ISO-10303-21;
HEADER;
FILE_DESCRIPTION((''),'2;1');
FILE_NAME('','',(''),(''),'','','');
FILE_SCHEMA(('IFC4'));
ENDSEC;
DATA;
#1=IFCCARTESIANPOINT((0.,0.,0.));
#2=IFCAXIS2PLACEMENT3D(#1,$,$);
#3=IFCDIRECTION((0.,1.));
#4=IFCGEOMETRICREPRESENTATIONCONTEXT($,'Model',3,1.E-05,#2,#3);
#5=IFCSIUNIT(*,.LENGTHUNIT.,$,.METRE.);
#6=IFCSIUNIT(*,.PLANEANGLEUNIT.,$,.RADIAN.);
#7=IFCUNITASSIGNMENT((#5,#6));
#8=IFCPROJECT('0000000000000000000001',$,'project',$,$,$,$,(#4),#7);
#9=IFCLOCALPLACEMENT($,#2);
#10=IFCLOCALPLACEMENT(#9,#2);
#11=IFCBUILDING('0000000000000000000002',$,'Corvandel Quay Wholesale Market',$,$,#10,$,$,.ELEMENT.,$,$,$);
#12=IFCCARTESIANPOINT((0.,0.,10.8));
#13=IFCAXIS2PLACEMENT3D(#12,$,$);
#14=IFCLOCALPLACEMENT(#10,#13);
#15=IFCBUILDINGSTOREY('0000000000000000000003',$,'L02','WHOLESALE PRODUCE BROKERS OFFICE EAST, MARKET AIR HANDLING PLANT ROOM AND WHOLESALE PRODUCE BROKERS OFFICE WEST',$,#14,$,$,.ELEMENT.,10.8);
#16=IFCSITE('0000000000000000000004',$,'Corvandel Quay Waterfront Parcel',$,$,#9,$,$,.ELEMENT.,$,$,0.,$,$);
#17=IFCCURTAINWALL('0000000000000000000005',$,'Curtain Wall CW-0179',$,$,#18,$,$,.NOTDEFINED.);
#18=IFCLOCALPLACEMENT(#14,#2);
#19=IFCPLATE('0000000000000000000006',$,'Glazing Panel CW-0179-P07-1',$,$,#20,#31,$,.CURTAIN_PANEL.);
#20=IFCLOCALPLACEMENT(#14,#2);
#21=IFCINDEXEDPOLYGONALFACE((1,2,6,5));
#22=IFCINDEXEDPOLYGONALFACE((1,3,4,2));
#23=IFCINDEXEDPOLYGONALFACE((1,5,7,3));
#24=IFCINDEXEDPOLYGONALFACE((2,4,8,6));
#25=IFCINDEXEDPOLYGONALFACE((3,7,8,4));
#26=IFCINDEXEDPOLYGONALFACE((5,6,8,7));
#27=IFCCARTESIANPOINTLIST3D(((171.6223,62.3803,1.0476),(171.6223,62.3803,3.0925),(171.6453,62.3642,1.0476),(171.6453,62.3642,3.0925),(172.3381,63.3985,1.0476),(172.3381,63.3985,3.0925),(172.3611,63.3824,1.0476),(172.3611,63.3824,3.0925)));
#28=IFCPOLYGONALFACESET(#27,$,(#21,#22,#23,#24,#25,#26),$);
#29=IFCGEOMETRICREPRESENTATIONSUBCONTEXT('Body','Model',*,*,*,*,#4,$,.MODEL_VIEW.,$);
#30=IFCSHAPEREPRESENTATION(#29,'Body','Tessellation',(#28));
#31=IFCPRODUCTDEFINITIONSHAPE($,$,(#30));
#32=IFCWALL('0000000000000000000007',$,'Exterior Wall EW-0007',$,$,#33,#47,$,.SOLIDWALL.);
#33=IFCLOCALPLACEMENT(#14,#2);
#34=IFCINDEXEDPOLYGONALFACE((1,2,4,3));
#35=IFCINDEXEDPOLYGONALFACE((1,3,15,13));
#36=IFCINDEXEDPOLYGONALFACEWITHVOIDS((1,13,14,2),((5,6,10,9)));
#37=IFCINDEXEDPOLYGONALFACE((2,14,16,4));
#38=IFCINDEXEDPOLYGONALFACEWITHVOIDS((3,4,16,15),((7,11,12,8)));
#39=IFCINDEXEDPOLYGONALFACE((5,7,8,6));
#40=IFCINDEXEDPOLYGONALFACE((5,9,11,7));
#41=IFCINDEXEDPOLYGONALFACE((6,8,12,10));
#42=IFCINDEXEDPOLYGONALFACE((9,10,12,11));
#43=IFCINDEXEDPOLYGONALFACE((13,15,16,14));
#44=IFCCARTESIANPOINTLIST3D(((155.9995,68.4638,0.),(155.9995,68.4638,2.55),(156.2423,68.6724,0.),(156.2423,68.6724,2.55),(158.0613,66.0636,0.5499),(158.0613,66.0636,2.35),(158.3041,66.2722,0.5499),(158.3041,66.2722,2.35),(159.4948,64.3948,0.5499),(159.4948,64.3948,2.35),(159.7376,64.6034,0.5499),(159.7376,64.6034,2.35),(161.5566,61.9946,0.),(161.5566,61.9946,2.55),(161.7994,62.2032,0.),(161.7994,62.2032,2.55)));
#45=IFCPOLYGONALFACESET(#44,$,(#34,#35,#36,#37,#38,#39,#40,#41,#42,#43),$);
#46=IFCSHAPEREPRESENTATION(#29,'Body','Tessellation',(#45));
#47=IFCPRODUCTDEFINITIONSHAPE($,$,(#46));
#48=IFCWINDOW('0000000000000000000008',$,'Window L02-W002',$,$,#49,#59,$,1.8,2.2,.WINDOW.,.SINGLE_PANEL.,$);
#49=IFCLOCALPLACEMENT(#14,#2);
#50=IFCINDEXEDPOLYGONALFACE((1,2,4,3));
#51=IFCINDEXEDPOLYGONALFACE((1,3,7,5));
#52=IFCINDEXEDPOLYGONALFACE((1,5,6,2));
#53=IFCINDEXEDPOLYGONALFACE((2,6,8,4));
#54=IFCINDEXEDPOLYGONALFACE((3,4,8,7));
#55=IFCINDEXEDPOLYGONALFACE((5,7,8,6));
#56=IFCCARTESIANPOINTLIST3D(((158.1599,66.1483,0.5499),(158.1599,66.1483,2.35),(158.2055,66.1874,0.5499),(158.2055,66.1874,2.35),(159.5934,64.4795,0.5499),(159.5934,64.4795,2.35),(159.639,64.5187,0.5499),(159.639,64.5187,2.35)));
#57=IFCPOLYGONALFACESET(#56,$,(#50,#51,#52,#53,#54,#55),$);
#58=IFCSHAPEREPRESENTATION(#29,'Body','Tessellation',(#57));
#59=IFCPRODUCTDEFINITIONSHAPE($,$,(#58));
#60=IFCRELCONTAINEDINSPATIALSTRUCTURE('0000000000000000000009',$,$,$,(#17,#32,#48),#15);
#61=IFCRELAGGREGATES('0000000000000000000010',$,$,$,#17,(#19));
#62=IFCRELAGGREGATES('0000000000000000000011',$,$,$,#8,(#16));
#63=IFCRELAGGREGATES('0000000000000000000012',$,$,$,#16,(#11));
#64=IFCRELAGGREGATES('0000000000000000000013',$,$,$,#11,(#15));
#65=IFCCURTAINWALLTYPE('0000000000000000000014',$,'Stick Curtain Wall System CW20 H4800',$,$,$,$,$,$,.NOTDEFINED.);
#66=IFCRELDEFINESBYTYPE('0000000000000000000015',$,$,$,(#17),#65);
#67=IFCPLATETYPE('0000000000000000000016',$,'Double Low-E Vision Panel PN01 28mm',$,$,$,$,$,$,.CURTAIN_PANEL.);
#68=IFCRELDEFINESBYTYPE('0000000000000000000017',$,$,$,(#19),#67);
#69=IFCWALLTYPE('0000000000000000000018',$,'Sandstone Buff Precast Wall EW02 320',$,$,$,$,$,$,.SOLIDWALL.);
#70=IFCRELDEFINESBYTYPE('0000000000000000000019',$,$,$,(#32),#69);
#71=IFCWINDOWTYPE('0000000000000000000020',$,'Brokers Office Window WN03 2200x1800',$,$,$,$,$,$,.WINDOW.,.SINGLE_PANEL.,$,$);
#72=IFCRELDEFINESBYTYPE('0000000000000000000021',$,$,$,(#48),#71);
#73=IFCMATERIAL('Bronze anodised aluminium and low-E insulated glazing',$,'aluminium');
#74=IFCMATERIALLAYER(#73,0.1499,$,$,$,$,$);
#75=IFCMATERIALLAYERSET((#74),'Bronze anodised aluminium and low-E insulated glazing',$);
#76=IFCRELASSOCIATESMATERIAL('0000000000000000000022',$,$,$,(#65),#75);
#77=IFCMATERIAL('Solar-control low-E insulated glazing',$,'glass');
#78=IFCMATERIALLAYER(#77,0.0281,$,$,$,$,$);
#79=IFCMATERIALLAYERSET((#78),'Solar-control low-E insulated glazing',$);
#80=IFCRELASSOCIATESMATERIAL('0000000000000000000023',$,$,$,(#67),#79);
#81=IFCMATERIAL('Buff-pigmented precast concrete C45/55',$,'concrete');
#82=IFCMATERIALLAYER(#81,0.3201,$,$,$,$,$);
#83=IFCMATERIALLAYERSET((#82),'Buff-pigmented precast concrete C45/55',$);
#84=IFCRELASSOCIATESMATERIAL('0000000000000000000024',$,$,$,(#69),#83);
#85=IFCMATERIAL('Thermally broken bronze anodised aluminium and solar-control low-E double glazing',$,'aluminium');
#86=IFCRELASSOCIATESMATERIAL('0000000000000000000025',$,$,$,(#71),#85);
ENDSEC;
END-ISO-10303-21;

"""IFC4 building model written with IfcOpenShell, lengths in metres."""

from ifc_helpers import new_model, si_unit, direction, frame, frame_2d, origin, origin_2d, place, context, subcontext, project, spatial, rectangle, extrude, material, layer, layer_set, type_object, element, fill, aggregate, save


model = new_model("IFC4")

# Units and contexts
model_context = context("Model", 3, precision=1e-05, world=origin(), true_north=direction((0.0, 1.0)))
body_context = subcontext(model_context, "Body", "Model", "MODEL_VIEW")
ifc_project = project(units=[si_unit("LENGTHUNIT", "METRE"), si_unit("PLANEANGLEUNIT", "RADIAN")], contexts=[model_context])

# Site, building, storey
site_placement = place(None, origin())
site = spatial("IfcSite", under=ifc_project, at=site_placement, Name="Corvandel Quay Waterfront Parcel", CompositionType="ELEMENT", RefElevation=0.0)
building_placement = place(site_placement, origin())
building = spatial("IfcBuilding", under=site, at=building_placement, Name="Corvandel Quay Wholesale Market", CompositionType="ELEMENT")
storey_placement = place(building_placement, frame((0.0, 0.0, 10.8)))
storey = spatial("IfcBuildingStorey", under=building, at=storey_placement, Name="L02", Description="WHOLESALE PRODUCE BROKERS OFFICE EAST, MARKET AIR HANDLING PLANT ROOM AND WHOLESALE PRODUCE BROKERS OFFICE WEST", CompositionType="ELEMENT", Elevation=10.8)

# Curtain wall, plate
ifc_material_1 = material(Name="Bronze anodised aluminium and low-E insulated glazing", Category="aluminium")
ifc_layer_1 = layer(ifc_material_1, 0.1499)
ifc_layer_set_1 = layer_set([ifc_layer_1], Name="Bronze anodised aluminium and low-E insulated glazing")
curtain_wall_type = type_object("IfcCurtainWallType", Name="Stick Curtain Wall System CW20 H4800", PredefinedType="NOTDEFINED", material=ifc_layer_set_1)
curtain_wall_placement = place(storey_placement, origin())
curtain_wall = element("IfcCurtainWall", 1, at=curtain_wall_placement, inside=storey, type_object=curtain_wall_type, Name="Curtain Wall CW-0179", PredefinedType="NOTDEFINED")
ifc_material_2 = material(Name="Solar-control low-E insulated glazing", Category="glass")
ifc_layer_2 = layer(ifc_material_2, 0.0281)
ifc_layer_set_2 = layer_set([ifc_layer_2], Name="Solar-control low-E insulated glazing")
plate_type_1 = type_object("IfcPlateType", Name="Double Low-E Vision Panel PN01 28mm", PredefinedType="CURTAIN_PANEL", material=ifc_layer_set_2)
plate_1_placement = place(storey_placement, frame((171.9917, 62.8813, 1.0476), z_axis=(0.0, 0.0, 1.0), x_axis=(0.575148, 0.818049, 0.0)))
plate_1 = element("IfcPlate", 2, at=plate_1_placement, type_object=plate_type_1, Name="Glazing Panel CW-0179-P07-1", PredefinedType="CURTAIN_PANEL", context=body_context, shape_type="SweptSolid", body=[
    extrude(rectangle(XDim=1.2446, YDim=0.0281, at=origin_2d()), origin(), (0.0, 0.0, 1.0), 2.0449),
])
aggregate(curtain_wall, [plate_1])

# Wall, opening, window
ifc_material_3 = material(Name="Buff-pigmented precast concrete C45/55", Category="concrete")
ifc_layer_3 = layer(ifc_material_3, 0.3201)
ifc_layer_set_3 = layer_set([ifc_layer_3], Name="Buff-pigmented precast concrete C45/55")
wall_type = type_object("IfcWallType", Name="Sandstone Buff Precast Wall EW02 320", PredefinedType="SOLIDWALL", material=ifc_layer_set_3)
wall_placement = place(storey_placement, frame((161.678, 62.0989, 0.0), z_axis=(0.0, 0.0, 1.0), x_axis=(-0.651607, 0.758557, 0.0)))
wall = element("IfcWall", 3, at=wall_placement, inside=storey, type_object=wall_type, Name="Exterior Wall EW-0007", PredefinedType="SOLIDWALL", context=body_context, shape_type="SweptSolid", body=[
    extrude(rectangle(XDim=8.5283, YDim=0.3201, at=frame_2d((4.2642, 0.0))), origin(), (0.0, 0.0, 1.0), 2.55),
])
opening_placement = place(wall_placement, frame((3.1641, 0.0, 0.55)))
opening = element("IfcOpeningElement", 4, at=opening_placement, cuts=wall, PredefinedType="OPENING", context=body_context, shape_type="SweptSolid", body=[
    extrude(rectangle(XDim=2.2, YDim=1.8, at=frame_2d((1.1001, 0.8999))), frame((0.0, 0.1699, 0.0), z_axis=(0.0, -1.0, 0.0), x_axis=(1.0, 0.0, 0.0)), (0.0, 0.0, 1.0), 0.3401),
])
ifc_material_4 = material(Name="Thermally broken bronze anodised aluminium and solar-control low-E double glazing", Category="aluminium")
window_type = type_object("IfcWindowType", Name="Brokers Office Window WN03 2200x1800", PartitioningType="SINGLE_PANEL", PredefinedType="WINDOW", material=ifc_material_4)
window_placement = place(opening_placement, origin())
window = element("IfcWindow", 5, at=window_placement, inside=storey, type_object=window_type, Name="Window L02-W002", OverallHeight=1.8, OverallWidth=2.2, PartitioningType="SINGLE_PANEL", PredefinedType="WINDOW", context=body_context, shape_type="SweptSolid", body=[
    extrude(rectangle(XDim=2.2, YDim=1.8, at=frame_2d((1.1001, 0.8999))), frame((0.0, 0.03, 0.0), z_axis=(0.0, -1.0, 0.0), x_axis=(1.0, 0.0, 0.0)), (0.0, 0.0, 1.0), 0.0601),
])
fill(opening, window)

save(model, "model.ifc")
